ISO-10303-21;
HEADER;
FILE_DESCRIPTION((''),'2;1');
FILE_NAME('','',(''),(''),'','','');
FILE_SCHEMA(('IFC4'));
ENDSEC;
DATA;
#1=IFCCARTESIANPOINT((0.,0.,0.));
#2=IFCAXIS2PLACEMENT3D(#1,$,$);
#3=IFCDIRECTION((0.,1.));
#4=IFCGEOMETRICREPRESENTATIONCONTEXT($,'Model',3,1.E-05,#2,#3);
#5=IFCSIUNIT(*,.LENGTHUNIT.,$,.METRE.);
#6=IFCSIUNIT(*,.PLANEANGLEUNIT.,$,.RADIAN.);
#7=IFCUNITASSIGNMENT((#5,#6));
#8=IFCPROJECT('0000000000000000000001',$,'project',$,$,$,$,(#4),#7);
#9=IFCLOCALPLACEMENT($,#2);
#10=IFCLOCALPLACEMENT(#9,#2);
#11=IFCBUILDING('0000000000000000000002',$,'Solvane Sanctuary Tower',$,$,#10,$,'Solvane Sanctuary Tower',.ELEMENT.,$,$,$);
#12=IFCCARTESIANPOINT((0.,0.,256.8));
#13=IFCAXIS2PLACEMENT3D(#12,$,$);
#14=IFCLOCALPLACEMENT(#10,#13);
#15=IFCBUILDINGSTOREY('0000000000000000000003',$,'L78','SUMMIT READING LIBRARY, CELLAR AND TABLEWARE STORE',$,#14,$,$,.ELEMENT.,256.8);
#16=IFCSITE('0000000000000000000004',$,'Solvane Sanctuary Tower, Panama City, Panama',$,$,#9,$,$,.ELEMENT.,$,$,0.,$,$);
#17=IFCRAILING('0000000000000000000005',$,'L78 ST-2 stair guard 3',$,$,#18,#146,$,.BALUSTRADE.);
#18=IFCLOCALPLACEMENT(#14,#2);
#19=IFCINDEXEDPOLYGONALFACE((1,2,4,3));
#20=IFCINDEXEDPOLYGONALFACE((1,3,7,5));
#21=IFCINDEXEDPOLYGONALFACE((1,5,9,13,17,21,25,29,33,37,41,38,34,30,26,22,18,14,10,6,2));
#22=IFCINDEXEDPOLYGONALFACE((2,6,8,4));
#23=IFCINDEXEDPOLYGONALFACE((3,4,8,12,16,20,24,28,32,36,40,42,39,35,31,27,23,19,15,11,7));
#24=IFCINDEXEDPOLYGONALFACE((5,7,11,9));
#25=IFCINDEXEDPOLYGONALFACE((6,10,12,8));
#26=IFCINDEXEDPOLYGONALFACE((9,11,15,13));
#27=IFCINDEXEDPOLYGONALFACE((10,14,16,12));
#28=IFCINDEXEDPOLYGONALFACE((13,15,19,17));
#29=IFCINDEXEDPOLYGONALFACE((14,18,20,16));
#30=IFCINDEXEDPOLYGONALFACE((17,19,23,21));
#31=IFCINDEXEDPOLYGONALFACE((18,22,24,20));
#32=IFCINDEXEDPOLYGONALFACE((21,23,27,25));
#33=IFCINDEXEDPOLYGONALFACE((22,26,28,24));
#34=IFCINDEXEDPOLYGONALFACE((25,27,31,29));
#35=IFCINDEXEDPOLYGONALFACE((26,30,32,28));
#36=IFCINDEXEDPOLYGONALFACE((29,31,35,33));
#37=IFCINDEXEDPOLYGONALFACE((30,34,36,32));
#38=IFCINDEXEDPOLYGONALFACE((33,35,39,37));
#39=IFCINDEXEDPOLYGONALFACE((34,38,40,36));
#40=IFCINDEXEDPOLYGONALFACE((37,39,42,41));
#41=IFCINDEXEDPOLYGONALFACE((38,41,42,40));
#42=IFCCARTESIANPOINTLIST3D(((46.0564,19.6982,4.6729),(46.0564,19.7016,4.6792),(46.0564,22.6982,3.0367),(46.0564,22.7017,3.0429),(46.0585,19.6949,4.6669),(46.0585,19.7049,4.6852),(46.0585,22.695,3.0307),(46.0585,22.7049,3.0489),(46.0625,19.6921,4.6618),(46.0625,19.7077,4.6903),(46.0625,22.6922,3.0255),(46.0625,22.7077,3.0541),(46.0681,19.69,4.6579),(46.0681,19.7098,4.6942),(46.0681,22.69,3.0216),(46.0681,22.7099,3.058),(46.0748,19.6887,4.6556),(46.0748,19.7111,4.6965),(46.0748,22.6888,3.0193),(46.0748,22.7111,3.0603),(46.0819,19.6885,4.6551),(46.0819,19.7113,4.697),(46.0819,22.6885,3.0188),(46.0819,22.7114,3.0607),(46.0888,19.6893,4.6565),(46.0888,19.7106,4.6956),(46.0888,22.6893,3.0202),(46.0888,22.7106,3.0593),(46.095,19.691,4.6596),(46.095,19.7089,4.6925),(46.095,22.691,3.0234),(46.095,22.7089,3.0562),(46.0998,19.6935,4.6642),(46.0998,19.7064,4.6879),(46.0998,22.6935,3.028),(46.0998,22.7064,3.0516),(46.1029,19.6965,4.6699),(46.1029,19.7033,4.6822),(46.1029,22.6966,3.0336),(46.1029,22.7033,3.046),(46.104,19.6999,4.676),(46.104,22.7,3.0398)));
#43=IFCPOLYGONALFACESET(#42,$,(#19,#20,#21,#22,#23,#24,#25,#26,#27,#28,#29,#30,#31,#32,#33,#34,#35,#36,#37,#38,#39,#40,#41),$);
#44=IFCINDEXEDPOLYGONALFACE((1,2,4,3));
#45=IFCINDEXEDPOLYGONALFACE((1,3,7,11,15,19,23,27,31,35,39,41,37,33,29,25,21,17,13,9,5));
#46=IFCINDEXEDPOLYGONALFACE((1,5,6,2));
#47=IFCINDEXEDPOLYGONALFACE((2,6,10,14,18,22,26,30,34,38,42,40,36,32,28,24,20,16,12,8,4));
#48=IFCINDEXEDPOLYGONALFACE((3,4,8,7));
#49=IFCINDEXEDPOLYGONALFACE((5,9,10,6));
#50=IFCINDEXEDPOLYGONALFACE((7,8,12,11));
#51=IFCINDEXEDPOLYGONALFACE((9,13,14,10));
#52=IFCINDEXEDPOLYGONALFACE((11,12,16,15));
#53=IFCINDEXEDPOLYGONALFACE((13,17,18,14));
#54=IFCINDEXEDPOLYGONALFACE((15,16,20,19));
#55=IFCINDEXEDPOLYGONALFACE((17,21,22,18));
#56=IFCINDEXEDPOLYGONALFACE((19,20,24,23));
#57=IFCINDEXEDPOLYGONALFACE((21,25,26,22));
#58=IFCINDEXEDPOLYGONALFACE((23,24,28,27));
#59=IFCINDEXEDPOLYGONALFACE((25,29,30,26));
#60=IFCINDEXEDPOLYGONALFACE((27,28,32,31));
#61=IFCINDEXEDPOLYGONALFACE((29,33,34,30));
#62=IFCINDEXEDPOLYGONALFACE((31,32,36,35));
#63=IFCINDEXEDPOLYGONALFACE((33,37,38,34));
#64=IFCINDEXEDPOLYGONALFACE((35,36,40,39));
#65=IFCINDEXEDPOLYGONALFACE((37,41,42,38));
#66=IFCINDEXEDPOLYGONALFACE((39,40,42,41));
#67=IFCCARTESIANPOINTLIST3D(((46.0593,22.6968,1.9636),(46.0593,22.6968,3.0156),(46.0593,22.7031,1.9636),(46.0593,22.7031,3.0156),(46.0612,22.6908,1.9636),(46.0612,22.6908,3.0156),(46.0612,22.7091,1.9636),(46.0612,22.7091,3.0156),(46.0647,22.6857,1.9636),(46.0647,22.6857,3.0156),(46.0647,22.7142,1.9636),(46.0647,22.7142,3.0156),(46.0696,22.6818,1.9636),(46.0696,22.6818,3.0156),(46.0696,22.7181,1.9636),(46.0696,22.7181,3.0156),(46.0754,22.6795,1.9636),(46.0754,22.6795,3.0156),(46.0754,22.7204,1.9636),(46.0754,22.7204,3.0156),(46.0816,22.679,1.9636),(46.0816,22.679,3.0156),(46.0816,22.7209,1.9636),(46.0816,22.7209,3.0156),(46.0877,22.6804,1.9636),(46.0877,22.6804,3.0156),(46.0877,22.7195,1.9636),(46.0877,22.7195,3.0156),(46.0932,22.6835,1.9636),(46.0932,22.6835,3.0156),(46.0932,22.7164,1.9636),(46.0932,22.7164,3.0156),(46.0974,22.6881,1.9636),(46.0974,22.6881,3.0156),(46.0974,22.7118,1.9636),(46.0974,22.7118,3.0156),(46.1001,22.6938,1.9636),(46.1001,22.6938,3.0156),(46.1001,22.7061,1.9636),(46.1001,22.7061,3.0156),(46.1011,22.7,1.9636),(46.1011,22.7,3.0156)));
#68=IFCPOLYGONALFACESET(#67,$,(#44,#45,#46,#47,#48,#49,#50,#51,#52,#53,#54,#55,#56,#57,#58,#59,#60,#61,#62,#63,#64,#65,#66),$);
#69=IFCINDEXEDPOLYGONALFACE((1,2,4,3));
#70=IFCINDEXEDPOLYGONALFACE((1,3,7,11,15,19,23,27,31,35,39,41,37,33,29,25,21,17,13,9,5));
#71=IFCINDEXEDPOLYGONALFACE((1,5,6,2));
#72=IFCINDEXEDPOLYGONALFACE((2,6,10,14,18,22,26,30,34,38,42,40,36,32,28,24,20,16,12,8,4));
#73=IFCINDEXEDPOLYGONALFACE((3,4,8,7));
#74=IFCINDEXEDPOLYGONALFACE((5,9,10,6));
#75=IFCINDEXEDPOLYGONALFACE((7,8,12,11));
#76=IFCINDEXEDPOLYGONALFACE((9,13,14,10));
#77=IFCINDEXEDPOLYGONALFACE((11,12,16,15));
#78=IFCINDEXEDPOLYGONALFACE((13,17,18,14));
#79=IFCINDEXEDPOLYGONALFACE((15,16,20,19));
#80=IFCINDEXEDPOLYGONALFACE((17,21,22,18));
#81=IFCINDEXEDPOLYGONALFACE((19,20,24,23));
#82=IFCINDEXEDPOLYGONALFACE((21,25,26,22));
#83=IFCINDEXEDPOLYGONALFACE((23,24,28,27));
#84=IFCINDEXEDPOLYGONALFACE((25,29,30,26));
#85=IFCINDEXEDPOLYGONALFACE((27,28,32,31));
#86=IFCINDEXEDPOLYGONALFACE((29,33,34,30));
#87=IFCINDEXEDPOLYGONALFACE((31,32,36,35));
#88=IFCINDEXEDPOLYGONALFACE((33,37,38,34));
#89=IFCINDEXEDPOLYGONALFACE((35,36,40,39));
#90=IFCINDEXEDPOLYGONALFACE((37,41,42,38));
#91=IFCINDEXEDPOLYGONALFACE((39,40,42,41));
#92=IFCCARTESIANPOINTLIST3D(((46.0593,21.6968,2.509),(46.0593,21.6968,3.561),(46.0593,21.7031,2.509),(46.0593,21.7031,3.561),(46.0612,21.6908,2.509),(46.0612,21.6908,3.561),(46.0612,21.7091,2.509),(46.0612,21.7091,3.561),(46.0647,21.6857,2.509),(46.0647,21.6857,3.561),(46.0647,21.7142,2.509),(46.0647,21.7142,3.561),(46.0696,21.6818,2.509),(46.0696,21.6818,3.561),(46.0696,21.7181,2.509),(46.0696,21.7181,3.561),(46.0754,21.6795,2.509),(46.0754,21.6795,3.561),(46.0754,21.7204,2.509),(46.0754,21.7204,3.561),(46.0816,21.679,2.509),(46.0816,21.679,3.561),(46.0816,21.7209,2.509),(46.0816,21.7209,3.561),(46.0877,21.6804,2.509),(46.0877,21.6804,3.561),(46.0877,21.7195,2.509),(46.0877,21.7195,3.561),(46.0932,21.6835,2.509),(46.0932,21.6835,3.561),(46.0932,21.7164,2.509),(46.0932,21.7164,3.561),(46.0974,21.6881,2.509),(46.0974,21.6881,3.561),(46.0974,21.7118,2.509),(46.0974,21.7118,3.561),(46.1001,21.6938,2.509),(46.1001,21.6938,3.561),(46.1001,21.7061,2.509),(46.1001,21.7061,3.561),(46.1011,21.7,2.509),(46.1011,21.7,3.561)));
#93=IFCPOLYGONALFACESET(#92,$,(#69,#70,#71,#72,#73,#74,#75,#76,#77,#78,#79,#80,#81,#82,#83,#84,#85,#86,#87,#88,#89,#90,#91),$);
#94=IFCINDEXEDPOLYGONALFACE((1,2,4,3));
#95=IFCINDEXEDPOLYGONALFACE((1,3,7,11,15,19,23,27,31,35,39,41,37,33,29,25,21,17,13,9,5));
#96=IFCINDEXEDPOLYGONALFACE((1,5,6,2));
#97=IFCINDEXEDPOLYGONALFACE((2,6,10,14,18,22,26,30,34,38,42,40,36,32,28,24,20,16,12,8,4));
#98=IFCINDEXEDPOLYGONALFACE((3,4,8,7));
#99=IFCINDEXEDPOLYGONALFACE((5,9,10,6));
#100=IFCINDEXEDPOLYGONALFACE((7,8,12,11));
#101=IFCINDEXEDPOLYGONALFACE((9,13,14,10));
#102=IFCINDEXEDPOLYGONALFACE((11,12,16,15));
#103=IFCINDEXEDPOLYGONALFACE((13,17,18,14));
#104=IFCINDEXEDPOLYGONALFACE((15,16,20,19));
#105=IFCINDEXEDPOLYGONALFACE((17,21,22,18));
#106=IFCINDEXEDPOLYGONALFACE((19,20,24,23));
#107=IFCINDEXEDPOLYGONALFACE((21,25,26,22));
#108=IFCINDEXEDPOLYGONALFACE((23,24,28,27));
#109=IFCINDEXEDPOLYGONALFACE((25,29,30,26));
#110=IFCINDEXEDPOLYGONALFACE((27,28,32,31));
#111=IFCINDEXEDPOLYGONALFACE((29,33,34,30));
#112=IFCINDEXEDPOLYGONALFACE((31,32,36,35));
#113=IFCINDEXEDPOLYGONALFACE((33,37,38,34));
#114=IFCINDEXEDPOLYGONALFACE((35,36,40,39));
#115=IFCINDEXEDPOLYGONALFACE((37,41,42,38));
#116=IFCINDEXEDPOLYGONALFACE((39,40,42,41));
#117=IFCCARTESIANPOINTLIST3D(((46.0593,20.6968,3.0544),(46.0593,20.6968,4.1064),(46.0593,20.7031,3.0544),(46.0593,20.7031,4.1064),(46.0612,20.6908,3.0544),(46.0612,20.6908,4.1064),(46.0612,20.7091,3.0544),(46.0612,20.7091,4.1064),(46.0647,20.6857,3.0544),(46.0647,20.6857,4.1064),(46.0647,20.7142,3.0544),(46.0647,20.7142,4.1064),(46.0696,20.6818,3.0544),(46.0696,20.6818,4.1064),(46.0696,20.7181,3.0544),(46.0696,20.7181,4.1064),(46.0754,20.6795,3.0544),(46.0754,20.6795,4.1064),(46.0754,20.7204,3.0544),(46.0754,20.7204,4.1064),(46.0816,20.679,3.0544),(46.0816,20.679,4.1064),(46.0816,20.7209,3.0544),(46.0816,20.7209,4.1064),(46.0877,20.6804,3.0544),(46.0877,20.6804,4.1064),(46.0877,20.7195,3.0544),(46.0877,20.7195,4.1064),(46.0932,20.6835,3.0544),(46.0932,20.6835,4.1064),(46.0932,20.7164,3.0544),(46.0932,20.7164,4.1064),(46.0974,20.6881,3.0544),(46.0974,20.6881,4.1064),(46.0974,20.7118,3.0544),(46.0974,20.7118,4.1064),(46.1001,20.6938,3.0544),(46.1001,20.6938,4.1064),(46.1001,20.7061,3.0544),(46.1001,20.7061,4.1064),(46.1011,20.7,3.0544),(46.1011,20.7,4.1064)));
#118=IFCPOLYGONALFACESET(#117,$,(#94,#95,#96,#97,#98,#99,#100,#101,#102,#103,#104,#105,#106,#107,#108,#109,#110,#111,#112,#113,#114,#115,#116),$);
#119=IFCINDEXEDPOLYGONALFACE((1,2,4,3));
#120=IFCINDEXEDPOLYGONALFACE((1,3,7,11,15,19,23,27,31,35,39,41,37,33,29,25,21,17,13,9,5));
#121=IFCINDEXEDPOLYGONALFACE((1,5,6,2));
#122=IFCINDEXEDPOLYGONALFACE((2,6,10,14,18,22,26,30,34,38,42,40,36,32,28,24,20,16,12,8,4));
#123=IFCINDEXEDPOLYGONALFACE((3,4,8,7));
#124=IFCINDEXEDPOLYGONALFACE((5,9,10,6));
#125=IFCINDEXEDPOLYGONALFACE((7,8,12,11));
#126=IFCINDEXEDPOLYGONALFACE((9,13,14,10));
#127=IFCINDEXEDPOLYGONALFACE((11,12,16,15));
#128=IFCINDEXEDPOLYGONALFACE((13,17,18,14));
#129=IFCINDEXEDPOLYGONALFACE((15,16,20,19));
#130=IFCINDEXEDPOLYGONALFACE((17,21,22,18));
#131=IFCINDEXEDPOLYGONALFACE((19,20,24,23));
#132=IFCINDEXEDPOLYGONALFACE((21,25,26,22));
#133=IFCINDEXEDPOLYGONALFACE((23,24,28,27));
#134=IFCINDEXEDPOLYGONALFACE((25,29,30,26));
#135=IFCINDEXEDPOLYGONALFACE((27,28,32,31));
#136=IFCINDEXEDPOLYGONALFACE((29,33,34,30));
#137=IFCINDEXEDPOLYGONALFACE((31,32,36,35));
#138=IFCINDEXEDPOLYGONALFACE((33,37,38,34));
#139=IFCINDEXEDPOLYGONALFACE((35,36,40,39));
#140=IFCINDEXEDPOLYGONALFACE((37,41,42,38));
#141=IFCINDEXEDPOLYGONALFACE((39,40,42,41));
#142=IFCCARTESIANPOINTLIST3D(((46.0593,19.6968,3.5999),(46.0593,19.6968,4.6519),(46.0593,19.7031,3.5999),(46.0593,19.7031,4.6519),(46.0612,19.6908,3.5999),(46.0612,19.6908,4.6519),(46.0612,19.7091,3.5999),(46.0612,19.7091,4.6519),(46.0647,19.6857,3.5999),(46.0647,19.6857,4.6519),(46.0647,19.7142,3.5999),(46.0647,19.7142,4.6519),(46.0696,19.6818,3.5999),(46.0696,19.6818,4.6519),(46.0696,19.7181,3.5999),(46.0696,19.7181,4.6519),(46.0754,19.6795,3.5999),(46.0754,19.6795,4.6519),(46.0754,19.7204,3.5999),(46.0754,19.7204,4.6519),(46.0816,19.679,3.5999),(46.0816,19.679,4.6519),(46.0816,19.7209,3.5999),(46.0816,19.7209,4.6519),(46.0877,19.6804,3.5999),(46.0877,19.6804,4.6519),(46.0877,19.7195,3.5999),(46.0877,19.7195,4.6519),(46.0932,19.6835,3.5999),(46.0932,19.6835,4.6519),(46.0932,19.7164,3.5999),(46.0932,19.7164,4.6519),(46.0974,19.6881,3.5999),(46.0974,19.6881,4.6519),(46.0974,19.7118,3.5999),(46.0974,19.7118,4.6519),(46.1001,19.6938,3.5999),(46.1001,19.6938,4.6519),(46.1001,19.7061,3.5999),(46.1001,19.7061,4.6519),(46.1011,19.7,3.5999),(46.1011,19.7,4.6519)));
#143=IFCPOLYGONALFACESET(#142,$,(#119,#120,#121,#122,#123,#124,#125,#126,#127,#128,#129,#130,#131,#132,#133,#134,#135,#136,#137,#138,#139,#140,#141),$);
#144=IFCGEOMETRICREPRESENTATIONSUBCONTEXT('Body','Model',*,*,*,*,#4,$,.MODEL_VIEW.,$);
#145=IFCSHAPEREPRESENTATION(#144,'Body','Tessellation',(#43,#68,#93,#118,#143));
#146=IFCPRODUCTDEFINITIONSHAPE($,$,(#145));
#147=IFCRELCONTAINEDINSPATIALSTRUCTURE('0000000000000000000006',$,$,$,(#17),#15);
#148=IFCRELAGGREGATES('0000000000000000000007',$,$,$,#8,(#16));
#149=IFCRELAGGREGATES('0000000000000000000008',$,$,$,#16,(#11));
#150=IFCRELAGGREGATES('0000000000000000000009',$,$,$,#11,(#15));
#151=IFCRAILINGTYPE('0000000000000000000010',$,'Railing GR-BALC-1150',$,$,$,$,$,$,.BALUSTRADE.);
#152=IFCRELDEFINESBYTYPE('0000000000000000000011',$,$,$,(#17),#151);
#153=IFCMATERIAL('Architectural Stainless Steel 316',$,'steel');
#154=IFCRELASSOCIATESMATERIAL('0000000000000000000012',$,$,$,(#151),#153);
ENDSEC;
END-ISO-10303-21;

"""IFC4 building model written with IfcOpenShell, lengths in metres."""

from ifc_helpers import new_model, si_unit, direction, frame, origin, origin_2d, place, context, subcontext, project, spatial, circle, extrude, material, type_object, element, save


model = new_model("IFC4")

# Units and contexts
model_context = context("Model", 3, precision=1e-05, world=origin(), true_north=direction((0.0, 1.0)))
body_context = subcontext(model_context, "Body", "Model", "MODEL_VIEW")
ifc_project = project(units=[si_unit("LENGTHUNIT", "METRE"), si_unit("PLANEANGLEUNIT", "RADIAN")], contexts=[model_context])

# Site, building, storey
site_placement = place(None, origin())
site = spatial("IfcSite", under=ifc_project, at=site_placement, Name="Solvane Sanctuary Tower, Panama City, Panama", CompositionType="ELEMENT", RefElevation=0.0)
building_placement = place(site_placement, origin())
building = spatial("IfcBuilding", under=site, at=building_placement, Name="Solvane Sanctuary Tower", LongName="Solvane Sanctuary Tower", CompositionType="ELEMENT")
storey_placement = place(building_placement, frame((0.0, 0.0, 256.8)))
storey = spatial("IfcBuildingStorey", under=building, at=storey_placement, Name="L78", Description="SUMMIT READING LIBRARY, CELLAR AND TABLEWARE STORE", CompositionType="ELEMENT", Elevation=256.8)

# Shared definitions
ifc_material_1 = material(Name="Architectural Stainless Steel 316", Category="steel")

# Railing
railing_type_1 = type_object("IfcRailingType", Name="Railing GR-BALC-1150", PredefinedType="BALUSTRADE", material=ifc_material_1)
railing_1_placement = place(storey_placement, frame((46.0801, 22.7, 1.9636)))
element("IfcRailing", 1, at=railing_1_placement, inside=storey, type_object=railing_type_1, Name="L78 ST-2 stair guard 3", PredefinedType="BALUSTRADE", context=body_context, shape_type="SweptSolid", body=[
    extrude(circle(Radius=0.0239, at=origin_2d()), frame((0.0, 0.0, 1.0762), z_axis=(0.0, -0.877912, 0.478822), x_axis=(1.0, 0.0, 0.0)), (0.0, 0.0, 1.0), 3.4172),
    extrude(circle(Radius=0.021, at=origin_2d()), origin(), (0.0, 0.0, 1.0), 1.052),
    extrude(circle(Radius=0.021, at=origin_2d()), frame((0.0, -1.0, 0.5454)), (0.0, 0.0, 1.0), 1.052),
    extrude(circle(Radius=0.021, at=origin_2d()), frame((0.0, -2.0, 1.0908)), (0.0, 0.0, 1.0), 1.052),
    extrude(circle(Radius=0.021, at=origin_2d()), frame((0.0, -3.0, 1.6362)), (0.0, 0.0, 1.0), 1.052),
])

save(model, "model.ifc")
